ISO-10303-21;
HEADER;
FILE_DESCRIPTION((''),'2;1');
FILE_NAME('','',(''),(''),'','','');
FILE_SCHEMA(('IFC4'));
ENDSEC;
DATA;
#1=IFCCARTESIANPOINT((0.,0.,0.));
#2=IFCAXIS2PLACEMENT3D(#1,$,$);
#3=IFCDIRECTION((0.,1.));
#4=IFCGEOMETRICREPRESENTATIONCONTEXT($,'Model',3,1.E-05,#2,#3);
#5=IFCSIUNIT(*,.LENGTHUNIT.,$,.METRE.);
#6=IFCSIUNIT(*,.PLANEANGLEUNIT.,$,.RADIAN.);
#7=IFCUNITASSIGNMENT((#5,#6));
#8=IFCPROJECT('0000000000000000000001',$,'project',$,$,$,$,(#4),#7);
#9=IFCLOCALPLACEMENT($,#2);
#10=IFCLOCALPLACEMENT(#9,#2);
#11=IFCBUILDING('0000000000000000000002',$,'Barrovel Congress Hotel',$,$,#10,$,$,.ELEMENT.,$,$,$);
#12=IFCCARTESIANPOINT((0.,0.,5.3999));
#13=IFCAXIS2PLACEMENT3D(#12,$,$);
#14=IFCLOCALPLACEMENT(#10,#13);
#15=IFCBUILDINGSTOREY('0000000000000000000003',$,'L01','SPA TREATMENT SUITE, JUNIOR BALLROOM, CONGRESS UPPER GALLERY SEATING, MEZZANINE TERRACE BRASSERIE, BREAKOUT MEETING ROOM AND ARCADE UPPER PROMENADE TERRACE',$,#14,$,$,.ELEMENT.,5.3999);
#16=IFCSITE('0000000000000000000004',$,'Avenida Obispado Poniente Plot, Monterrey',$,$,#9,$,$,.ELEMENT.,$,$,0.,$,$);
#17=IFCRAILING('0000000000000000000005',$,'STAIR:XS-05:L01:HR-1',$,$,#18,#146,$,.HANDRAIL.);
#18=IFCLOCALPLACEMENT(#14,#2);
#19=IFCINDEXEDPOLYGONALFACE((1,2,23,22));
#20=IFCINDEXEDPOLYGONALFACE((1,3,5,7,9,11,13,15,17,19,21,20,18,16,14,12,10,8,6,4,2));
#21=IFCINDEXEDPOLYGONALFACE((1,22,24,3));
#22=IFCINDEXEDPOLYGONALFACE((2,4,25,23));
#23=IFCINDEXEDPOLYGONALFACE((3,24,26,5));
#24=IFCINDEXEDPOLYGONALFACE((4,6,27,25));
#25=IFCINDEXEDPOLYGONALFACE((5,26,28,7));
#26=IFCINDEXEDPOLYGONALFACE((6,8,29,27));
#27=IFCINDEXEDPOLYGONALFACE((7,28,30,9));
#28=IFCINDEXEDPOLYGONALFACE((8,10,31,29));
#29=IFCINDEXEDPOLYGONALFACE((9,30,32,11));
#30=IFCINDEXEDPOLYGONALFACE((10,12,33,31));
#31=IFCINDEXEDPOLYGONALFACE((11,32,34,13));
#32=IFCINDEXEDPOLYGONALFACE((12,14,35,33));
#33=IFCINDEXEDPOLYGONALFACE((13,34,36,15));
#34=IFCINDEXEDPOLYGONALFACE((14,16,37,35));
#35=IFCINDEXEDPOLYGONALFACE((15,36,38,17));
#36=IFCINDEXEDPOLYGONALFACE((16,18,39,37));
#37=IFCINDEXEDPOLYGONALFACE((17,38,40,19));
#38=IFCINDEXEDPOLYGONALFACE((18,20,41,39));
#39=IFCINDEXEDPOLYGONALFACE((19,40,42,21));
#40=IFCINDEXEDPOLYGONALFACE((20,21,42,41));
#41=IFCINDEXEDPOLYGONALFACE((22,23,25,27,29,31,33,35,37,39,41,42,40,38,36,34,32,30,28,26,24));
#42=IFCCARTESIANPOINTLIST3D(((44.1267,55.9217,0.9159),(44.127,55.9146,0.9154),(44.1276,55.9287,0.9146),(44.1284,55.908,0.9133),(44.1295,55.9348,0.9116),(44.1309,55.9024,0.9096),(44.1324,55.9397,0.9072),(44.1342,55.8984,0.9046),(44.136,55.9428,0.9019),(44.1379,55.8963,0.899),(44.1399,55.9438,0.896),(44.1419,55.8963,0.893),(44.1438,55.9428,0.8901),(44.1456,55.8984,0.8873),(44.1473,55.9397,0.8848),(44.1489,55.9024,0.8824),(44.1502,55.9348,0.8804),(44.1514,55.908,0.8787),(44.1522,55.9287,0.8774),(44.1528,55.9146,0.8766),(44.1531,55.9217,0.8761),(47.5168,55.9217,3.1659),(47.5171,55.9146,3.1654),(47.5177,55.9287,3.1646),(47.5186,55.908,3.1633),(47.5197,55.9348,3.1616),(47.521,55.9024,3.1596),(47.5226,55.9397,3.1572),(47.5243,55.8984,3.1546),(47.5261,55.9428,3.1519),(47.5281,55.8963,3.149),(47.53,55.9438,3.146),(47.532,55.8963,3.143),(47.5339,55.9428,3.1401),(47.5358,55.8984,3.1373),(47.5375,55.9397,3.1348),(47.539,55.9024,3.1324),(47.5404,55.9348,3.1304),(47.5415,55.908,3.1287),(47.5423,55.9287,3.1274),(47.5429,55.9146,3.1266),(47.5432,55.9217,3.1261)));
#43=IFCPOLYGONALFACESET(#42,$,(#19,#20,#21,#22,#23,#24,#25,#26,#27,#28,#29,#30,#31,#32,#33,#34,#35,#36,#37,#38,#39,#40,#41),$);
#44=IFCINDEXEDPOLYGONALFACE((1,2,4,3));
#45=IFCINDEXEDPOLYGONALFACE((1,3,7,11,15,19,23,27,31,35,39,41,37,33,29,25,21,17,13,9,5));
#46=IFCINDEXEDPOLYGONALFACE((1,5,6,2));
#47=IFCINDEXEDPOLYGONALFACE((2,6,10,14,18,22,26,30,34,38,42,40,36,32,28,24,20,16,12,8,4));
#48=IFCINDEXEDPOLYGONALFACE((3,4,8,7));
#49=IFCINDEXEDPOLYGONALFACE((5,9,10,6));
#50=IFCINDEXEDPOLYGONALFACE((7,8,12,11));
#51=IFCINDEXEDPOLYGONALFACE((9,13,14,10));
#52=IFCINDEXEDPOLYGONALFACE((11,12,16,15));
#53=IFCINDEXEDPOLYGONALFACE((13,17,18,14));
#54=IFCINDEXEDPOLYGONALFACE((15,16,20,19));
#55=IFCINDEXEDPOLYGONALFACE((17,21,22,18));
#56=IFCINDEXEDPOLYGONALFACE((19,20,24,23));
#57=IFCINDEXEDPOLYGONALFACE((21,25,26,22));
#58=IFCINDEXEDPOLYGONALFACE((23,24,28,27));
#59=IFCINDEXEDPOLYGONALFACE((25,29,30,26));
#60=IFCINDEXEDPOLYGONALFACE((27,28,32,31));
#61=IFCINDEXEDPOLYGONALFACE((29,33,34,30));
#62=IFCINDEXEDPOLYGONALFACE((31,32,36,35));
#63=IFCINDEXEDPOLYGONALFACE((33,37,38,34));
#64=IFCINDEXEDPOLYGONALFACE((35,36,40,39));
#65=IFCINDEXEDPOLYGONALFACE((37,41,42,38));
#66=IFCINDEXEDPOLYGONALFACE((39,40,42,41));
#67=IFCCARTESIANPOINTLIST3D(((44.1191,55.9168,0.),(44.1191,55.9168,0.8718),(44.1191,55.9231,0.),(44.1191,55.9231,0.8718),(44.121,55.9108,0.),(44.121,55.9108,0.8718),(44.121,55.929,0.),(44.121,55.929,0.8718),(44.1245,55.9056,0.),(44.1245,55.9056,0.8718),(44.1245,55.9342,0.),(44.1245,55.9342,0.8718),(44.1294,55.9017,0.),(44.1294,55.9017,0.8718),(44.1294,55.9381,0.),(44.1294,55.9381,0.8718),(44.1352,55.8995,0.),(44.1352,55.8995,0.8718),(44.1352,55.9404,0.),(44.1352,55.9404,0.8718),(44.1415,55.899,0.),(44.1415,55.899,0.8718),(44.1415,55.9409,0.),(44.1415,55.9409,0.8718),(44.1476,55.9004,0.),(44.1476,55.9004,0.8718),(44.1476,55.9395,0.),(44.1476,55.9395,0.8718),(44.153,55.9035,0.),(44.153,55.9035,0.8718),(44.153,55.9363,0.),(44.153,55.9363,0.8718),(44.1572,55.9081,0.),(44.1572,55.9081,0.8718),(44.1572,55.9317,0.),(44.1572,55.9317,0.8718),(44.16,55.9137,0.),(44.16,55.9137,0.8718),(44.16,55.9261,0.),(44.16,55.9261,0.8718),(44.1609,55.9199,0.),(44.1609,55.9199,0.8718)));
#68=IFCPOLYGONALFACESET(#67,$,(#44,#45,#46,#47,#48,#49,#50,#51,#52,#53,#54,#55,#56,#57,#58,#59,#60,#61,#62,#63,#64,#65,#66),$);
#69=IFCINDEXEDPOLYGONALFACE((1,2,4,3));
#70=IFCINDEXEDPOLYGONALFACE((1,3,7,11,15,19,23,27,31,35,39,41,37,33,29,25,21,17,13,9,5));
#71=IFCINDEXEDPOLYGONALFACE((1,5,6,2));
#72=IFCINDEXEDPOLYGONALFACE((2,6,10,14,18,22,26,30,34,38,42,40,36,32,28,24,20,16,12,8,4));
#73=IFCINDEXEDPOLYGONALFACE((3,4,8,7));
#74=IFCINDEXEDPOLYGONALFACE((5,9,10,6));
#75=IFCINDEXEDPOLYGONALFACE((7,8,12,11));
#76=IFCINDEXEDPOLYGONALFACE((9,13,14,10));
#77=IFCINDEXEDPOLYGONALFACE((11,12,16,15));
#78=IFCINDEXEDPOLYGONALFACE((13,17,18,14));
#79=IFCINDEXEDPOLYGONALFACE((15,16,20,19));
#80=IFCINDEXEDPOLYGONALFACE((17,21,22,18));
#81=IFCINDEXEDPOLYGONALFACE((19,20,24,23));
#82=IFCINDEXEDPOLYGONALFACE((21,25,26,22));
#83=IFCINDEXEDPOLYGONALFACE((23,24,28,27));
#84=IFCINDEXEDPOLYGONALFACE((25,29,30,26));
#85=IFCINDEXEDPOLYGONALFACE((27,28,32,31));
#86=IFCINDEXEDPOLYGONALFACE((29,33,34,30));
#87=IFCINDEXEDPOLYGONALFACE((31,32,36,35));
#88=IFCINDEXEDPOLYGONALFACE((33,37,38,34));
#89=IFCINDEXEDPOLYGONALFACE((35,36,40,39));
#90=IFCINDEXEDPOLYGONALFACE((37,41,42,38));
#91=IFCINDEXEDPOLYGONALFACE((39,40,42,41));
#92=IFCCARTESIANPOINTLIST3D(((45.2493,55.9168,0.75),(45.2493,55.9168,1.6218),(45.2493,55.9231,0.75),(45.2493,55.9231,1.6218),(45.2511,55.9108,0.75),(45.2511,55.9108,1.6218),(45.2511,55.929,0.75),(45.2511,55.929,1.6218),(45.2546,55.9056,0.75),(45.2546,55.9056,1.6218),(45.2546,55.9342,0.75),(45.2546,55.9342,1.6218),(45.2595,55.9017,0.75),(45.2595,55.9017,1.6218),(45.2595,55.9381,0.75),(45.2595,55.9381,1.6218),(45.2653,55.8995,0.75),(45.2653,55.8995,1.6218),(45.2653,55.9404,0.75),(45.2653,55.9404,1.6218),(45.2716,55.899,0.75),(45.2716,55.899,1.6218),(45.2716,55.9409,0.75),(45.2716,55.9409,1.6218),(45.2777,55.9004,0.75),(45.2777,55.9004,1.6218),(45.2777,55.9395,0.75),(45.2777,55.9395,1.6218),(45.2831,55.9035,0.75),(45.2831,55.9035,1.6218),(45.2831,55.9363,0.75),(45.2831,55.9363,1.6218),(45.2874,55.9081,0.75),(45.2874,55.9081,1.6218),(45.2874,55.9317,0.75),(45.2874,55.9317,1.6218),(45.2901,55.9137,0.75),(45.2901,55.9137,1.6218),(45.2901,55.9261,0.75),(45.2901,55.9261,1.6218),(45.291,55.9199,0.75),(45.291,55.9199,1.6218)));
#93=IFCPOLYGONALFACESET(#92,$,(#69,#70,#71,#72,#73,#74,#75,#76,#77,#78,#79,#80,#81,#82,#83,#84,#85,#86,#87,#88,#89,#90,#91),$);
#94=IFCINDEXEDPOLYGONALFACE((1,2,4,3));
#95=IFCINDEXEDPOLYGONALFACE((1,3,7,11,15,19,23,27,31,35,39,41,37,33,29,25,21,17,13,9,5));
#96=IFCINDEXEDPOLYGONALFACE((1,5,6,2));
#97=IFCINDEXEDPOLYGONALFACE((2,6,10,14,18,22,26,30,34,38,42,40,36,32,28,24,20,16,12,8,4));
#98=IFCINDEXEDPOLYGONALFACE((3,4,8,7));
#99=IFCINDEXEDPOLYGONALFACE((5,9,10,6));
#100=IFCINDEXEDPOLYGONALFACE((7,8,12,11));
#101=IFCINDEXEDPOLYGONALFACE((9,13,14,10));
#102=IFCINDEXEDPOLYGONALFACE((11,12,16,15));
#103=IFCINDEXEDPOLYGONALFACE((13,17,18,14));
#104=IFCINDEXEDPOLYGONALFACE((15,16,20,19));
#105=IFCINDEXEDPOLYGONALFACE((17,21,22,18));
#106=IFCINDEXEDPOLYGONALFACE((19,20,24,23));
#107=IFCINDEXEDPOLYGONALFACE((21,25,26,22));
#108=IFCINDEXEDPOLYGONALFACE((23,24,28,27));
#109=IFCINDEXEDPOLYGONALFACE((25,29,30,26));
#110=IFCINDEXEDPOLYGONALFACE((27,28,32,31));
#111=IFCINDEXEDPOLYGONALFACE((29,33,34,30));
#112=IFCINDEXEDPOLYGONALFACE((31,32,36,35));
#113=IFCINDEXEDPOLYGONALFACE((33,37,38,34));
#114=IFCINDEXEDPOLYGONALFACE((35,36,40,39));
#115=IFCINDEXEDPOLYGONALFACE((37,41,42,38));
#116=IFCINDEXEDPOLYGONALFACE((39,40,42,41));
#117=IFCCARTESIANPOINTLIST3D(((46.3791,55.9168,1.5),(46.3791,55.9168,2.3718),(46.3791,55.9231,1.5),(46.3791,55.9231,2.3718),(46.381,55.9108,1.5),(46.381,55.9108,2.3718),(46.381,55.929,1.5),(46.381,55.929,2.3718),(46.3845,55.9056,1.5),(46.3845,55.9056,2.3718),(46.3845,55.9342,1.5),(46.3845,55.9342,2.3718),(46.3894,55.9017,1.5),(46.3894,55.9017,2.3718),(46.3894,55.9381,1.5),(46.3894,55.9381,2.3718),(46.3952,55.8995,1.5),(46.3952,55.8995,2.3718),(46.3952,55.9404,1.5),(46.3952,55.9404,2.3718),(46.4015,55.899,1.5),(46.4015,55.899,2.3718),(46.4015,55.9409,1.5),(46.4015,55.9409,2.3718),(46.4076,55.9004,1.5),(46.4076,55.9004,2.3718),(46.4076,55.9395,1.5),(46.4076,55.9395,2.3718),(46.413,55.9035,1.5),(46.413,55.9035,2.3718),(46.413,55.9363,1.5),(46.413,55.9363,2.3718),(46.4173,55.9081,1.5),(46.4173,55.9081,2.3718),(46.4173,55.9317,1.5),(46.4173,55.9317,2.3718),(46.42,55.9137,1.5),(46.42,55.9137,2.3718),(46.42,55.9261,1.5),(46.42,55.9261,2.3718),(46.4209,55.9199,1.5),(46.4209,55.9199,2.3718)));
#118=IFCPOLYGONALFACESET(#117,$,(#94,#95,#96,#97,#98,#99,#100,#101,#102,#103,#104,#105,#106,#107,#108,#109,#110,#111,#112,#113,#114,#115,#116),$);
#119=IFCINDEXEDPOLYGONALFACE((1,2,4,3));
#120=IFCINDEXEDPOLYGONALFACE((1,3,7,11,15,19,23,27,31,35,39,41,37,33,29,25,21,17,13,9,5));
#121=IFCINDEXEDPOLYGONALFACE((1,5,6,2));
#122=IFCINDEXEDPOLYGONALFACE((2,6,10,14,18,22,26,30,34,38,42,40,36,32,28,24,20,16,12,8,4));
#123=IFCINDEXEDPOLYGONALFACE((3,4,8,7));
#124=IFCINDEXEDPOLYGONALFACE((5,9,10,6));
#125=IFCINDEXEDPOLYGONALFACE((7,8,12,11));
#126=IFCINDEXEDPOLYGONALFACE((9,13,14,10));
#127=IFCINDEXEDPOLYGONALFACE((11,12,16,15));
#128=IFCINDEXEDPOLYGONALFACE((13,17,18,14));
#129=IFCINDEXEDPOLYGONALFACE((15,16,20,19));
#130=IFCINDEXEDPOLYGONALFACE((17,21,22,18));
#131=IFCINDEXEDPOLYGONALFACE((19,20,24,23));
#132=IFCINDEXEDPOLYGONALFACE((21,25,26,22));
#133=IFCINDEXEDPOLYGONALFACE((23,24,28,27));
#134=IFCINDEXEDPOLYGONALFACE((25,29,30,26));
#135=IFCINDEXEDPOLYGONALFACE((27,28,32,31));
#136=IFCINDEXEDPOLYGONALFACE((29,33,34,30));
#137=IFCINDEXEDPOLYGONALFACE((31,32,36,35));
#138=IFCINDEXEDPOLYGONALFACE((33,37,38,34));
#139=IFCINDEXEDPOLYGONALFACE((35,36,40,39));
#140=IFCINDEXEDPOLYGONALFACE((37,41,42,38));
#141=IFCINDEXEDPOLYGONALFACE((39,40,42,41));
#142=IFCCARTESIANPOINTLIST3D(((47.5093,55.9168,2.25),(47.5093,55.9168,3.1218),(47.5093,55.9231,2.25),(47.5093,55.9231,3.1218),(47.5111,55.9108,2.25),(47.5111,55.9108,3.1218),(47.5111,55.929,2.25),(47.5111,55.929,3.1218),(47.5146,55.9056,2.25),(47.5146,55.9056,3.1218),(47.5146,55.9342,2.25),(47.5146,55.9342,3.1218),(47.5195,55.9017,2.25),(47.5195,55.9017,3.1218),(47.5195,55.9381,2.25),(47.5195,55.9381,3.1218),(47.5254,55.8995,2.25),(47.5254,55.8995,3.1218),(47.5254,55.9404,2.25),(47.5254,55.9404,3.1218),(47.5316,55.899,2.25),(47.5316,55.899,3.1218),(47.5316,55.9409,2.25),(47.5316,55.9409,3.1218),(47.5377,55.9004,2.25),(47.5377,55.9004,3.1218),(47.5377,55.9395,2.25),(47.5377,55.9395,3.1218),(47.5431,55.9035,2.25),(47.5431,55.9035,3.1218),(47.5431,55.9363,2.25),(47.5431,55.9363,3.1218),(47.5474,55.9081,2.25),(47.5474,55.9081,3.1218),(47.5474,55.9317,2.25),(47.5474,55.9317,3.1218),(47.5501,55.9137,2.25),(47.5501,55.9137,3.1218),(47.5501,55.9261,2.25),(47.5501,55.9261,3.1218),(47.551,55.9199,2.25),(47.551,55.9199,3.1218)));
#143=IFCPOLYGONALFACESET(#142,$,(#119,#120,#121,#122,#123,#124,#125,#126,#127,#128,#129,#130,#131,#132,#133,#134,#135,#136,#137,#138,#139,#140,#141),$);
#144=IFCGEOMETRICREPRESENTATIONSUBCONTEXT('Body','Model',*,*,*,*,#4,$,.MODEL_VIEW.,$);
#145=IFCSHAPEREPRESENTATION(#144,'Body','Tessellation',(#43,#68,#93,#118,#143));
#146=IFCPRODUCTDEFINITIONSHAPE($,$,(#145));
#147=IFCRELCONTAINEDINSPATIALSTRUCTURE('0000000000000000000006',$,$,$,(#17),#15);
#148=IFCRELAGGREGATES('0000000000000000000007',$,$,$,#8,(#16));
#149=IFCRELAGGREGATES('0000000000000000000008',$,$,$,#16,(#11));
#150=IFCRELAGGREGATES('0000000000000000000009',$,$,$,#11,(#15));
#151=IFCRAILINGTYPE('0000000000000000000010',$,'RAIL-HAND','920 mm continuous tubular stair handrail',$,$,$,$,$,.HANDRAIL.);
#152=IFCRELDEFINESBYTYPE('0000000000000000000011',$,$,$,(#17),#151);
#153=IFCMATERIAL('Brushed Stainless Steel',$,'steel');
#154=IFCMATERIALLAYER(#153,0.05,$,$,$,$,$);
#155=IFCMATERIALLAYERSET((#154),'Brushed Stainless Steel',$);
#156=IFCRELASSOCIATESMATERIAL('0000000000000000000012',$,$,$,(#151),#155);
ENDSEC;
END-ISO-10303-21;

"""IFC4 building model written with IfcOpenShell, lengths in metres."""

from ifc_helpers import new_model, si_unit, direction, frame, origin, origin_2d, place, context, subcontext, project, spatial, circle, extrude, material, layer, layer_set, type_object, element, save


model = new_model("IFC4")

# Units and contexts
model_context = context("Model", 3, precision=1e-05, world=origin(), true_north=direction((0.0, 1.0)))
body_context = subcontext(model_context, "Body", "Model", "MODEL_VIEW")
ifc_project = project(units=[si_unit("LENGTHUNIT", "METRE"), si_unit("PLANEANGLEUNIT", "RADIAN")], contexts=[model_context])

# Site, building, storey
site_placement = place(None, origin())
site = spatial("IfcSite", under=ifc_project, at=site_placement, Name="Avenida Obispado Poniente Plot, Monterrey", CompositionType="ELEMENT", RefElevation=0.0)
building_placement = place(site_placement, origin())
building = spatial("IfcBuilding", under=site, at=building_placement, Name="Barrovel Congress Hotel", CompositionType="ELEMENT")
storey_placement = place(building_placement, frame((0.0, 0.0, 5.3999)))
storey = spatial("IfcBuildingStorey", under=building, at=storey_placement, Name="L01", Description="SPA TREATMENT SUITE, JUNIOR BALLROOM, CONGRESS UPPER GALLERY SEATING, MEZZANINE TERRACE BRASSERIE, BREAKOUT MEETING ROOM AND ARCADE UPPER PROMENADE TERRACE", CompositionType="ELEMENT", Elevation=5.3999)

# Railing
ifc_material_1 = material(Name="Brushed Stainless Steel", Category="steel")
ifc_layer_1 = layer(ifc_material_1, 0.05)
ifc_layer_set_1 = layer_set([ifc_layer_1], Name="Brushed Stainless Steel")
railing_type_1 = type_object("IfcRailingType", Name="RAIL-HAND", Description="920 mm continuous tubular stair handrail", PredefinedType="HANDRAIL", material=ifc_layer_set_1)
railing_1_placement = place(storey_placement, frame((44.1399, 55.9199, 0.0)))
element("IfcRailing", 1, at=railing_1_placement, inside=storey, type_object=railing_type_1, Name="STAIR:XS-05:L01:HR-1", PredefinedType="HANDRAIL", context=body_context, shape_type="SweptSolid", body=[
    extrude(circle(Radius=0.0239, at=origin_2d()), frame((0.0, 0.0, 0.896), z_axis=(0.833193, 0.0, 0.552982), x_axis=(0.0, 1.0, 0.0)), (0.0, 0.0, 1.0), 4.0688),
    extrude(circle(Radius=0.021, at=origin_2d()), origin(), (0.0, 0.0, 1.0), 0.8718),
    extrude(circle(Radius=0.021, at=origin_2d()), frame((1.1301, 0.0, 0.75)), (0.0, 0.0, 1.0), 0.8718),
    extrude(circle(Radius=0.021, at=origin_2d()), frame((2.26, 0.0, 1.5)), (0.0, 0.0, 1.0), 0.8718),
    extrude(circle(Radius=0.021, at=origin_2d()), frame((3.3901, 0.0, 2.25)), (0.0, 0.0, 1.0), 0.8718),
])

save(model, "model.ifc")
